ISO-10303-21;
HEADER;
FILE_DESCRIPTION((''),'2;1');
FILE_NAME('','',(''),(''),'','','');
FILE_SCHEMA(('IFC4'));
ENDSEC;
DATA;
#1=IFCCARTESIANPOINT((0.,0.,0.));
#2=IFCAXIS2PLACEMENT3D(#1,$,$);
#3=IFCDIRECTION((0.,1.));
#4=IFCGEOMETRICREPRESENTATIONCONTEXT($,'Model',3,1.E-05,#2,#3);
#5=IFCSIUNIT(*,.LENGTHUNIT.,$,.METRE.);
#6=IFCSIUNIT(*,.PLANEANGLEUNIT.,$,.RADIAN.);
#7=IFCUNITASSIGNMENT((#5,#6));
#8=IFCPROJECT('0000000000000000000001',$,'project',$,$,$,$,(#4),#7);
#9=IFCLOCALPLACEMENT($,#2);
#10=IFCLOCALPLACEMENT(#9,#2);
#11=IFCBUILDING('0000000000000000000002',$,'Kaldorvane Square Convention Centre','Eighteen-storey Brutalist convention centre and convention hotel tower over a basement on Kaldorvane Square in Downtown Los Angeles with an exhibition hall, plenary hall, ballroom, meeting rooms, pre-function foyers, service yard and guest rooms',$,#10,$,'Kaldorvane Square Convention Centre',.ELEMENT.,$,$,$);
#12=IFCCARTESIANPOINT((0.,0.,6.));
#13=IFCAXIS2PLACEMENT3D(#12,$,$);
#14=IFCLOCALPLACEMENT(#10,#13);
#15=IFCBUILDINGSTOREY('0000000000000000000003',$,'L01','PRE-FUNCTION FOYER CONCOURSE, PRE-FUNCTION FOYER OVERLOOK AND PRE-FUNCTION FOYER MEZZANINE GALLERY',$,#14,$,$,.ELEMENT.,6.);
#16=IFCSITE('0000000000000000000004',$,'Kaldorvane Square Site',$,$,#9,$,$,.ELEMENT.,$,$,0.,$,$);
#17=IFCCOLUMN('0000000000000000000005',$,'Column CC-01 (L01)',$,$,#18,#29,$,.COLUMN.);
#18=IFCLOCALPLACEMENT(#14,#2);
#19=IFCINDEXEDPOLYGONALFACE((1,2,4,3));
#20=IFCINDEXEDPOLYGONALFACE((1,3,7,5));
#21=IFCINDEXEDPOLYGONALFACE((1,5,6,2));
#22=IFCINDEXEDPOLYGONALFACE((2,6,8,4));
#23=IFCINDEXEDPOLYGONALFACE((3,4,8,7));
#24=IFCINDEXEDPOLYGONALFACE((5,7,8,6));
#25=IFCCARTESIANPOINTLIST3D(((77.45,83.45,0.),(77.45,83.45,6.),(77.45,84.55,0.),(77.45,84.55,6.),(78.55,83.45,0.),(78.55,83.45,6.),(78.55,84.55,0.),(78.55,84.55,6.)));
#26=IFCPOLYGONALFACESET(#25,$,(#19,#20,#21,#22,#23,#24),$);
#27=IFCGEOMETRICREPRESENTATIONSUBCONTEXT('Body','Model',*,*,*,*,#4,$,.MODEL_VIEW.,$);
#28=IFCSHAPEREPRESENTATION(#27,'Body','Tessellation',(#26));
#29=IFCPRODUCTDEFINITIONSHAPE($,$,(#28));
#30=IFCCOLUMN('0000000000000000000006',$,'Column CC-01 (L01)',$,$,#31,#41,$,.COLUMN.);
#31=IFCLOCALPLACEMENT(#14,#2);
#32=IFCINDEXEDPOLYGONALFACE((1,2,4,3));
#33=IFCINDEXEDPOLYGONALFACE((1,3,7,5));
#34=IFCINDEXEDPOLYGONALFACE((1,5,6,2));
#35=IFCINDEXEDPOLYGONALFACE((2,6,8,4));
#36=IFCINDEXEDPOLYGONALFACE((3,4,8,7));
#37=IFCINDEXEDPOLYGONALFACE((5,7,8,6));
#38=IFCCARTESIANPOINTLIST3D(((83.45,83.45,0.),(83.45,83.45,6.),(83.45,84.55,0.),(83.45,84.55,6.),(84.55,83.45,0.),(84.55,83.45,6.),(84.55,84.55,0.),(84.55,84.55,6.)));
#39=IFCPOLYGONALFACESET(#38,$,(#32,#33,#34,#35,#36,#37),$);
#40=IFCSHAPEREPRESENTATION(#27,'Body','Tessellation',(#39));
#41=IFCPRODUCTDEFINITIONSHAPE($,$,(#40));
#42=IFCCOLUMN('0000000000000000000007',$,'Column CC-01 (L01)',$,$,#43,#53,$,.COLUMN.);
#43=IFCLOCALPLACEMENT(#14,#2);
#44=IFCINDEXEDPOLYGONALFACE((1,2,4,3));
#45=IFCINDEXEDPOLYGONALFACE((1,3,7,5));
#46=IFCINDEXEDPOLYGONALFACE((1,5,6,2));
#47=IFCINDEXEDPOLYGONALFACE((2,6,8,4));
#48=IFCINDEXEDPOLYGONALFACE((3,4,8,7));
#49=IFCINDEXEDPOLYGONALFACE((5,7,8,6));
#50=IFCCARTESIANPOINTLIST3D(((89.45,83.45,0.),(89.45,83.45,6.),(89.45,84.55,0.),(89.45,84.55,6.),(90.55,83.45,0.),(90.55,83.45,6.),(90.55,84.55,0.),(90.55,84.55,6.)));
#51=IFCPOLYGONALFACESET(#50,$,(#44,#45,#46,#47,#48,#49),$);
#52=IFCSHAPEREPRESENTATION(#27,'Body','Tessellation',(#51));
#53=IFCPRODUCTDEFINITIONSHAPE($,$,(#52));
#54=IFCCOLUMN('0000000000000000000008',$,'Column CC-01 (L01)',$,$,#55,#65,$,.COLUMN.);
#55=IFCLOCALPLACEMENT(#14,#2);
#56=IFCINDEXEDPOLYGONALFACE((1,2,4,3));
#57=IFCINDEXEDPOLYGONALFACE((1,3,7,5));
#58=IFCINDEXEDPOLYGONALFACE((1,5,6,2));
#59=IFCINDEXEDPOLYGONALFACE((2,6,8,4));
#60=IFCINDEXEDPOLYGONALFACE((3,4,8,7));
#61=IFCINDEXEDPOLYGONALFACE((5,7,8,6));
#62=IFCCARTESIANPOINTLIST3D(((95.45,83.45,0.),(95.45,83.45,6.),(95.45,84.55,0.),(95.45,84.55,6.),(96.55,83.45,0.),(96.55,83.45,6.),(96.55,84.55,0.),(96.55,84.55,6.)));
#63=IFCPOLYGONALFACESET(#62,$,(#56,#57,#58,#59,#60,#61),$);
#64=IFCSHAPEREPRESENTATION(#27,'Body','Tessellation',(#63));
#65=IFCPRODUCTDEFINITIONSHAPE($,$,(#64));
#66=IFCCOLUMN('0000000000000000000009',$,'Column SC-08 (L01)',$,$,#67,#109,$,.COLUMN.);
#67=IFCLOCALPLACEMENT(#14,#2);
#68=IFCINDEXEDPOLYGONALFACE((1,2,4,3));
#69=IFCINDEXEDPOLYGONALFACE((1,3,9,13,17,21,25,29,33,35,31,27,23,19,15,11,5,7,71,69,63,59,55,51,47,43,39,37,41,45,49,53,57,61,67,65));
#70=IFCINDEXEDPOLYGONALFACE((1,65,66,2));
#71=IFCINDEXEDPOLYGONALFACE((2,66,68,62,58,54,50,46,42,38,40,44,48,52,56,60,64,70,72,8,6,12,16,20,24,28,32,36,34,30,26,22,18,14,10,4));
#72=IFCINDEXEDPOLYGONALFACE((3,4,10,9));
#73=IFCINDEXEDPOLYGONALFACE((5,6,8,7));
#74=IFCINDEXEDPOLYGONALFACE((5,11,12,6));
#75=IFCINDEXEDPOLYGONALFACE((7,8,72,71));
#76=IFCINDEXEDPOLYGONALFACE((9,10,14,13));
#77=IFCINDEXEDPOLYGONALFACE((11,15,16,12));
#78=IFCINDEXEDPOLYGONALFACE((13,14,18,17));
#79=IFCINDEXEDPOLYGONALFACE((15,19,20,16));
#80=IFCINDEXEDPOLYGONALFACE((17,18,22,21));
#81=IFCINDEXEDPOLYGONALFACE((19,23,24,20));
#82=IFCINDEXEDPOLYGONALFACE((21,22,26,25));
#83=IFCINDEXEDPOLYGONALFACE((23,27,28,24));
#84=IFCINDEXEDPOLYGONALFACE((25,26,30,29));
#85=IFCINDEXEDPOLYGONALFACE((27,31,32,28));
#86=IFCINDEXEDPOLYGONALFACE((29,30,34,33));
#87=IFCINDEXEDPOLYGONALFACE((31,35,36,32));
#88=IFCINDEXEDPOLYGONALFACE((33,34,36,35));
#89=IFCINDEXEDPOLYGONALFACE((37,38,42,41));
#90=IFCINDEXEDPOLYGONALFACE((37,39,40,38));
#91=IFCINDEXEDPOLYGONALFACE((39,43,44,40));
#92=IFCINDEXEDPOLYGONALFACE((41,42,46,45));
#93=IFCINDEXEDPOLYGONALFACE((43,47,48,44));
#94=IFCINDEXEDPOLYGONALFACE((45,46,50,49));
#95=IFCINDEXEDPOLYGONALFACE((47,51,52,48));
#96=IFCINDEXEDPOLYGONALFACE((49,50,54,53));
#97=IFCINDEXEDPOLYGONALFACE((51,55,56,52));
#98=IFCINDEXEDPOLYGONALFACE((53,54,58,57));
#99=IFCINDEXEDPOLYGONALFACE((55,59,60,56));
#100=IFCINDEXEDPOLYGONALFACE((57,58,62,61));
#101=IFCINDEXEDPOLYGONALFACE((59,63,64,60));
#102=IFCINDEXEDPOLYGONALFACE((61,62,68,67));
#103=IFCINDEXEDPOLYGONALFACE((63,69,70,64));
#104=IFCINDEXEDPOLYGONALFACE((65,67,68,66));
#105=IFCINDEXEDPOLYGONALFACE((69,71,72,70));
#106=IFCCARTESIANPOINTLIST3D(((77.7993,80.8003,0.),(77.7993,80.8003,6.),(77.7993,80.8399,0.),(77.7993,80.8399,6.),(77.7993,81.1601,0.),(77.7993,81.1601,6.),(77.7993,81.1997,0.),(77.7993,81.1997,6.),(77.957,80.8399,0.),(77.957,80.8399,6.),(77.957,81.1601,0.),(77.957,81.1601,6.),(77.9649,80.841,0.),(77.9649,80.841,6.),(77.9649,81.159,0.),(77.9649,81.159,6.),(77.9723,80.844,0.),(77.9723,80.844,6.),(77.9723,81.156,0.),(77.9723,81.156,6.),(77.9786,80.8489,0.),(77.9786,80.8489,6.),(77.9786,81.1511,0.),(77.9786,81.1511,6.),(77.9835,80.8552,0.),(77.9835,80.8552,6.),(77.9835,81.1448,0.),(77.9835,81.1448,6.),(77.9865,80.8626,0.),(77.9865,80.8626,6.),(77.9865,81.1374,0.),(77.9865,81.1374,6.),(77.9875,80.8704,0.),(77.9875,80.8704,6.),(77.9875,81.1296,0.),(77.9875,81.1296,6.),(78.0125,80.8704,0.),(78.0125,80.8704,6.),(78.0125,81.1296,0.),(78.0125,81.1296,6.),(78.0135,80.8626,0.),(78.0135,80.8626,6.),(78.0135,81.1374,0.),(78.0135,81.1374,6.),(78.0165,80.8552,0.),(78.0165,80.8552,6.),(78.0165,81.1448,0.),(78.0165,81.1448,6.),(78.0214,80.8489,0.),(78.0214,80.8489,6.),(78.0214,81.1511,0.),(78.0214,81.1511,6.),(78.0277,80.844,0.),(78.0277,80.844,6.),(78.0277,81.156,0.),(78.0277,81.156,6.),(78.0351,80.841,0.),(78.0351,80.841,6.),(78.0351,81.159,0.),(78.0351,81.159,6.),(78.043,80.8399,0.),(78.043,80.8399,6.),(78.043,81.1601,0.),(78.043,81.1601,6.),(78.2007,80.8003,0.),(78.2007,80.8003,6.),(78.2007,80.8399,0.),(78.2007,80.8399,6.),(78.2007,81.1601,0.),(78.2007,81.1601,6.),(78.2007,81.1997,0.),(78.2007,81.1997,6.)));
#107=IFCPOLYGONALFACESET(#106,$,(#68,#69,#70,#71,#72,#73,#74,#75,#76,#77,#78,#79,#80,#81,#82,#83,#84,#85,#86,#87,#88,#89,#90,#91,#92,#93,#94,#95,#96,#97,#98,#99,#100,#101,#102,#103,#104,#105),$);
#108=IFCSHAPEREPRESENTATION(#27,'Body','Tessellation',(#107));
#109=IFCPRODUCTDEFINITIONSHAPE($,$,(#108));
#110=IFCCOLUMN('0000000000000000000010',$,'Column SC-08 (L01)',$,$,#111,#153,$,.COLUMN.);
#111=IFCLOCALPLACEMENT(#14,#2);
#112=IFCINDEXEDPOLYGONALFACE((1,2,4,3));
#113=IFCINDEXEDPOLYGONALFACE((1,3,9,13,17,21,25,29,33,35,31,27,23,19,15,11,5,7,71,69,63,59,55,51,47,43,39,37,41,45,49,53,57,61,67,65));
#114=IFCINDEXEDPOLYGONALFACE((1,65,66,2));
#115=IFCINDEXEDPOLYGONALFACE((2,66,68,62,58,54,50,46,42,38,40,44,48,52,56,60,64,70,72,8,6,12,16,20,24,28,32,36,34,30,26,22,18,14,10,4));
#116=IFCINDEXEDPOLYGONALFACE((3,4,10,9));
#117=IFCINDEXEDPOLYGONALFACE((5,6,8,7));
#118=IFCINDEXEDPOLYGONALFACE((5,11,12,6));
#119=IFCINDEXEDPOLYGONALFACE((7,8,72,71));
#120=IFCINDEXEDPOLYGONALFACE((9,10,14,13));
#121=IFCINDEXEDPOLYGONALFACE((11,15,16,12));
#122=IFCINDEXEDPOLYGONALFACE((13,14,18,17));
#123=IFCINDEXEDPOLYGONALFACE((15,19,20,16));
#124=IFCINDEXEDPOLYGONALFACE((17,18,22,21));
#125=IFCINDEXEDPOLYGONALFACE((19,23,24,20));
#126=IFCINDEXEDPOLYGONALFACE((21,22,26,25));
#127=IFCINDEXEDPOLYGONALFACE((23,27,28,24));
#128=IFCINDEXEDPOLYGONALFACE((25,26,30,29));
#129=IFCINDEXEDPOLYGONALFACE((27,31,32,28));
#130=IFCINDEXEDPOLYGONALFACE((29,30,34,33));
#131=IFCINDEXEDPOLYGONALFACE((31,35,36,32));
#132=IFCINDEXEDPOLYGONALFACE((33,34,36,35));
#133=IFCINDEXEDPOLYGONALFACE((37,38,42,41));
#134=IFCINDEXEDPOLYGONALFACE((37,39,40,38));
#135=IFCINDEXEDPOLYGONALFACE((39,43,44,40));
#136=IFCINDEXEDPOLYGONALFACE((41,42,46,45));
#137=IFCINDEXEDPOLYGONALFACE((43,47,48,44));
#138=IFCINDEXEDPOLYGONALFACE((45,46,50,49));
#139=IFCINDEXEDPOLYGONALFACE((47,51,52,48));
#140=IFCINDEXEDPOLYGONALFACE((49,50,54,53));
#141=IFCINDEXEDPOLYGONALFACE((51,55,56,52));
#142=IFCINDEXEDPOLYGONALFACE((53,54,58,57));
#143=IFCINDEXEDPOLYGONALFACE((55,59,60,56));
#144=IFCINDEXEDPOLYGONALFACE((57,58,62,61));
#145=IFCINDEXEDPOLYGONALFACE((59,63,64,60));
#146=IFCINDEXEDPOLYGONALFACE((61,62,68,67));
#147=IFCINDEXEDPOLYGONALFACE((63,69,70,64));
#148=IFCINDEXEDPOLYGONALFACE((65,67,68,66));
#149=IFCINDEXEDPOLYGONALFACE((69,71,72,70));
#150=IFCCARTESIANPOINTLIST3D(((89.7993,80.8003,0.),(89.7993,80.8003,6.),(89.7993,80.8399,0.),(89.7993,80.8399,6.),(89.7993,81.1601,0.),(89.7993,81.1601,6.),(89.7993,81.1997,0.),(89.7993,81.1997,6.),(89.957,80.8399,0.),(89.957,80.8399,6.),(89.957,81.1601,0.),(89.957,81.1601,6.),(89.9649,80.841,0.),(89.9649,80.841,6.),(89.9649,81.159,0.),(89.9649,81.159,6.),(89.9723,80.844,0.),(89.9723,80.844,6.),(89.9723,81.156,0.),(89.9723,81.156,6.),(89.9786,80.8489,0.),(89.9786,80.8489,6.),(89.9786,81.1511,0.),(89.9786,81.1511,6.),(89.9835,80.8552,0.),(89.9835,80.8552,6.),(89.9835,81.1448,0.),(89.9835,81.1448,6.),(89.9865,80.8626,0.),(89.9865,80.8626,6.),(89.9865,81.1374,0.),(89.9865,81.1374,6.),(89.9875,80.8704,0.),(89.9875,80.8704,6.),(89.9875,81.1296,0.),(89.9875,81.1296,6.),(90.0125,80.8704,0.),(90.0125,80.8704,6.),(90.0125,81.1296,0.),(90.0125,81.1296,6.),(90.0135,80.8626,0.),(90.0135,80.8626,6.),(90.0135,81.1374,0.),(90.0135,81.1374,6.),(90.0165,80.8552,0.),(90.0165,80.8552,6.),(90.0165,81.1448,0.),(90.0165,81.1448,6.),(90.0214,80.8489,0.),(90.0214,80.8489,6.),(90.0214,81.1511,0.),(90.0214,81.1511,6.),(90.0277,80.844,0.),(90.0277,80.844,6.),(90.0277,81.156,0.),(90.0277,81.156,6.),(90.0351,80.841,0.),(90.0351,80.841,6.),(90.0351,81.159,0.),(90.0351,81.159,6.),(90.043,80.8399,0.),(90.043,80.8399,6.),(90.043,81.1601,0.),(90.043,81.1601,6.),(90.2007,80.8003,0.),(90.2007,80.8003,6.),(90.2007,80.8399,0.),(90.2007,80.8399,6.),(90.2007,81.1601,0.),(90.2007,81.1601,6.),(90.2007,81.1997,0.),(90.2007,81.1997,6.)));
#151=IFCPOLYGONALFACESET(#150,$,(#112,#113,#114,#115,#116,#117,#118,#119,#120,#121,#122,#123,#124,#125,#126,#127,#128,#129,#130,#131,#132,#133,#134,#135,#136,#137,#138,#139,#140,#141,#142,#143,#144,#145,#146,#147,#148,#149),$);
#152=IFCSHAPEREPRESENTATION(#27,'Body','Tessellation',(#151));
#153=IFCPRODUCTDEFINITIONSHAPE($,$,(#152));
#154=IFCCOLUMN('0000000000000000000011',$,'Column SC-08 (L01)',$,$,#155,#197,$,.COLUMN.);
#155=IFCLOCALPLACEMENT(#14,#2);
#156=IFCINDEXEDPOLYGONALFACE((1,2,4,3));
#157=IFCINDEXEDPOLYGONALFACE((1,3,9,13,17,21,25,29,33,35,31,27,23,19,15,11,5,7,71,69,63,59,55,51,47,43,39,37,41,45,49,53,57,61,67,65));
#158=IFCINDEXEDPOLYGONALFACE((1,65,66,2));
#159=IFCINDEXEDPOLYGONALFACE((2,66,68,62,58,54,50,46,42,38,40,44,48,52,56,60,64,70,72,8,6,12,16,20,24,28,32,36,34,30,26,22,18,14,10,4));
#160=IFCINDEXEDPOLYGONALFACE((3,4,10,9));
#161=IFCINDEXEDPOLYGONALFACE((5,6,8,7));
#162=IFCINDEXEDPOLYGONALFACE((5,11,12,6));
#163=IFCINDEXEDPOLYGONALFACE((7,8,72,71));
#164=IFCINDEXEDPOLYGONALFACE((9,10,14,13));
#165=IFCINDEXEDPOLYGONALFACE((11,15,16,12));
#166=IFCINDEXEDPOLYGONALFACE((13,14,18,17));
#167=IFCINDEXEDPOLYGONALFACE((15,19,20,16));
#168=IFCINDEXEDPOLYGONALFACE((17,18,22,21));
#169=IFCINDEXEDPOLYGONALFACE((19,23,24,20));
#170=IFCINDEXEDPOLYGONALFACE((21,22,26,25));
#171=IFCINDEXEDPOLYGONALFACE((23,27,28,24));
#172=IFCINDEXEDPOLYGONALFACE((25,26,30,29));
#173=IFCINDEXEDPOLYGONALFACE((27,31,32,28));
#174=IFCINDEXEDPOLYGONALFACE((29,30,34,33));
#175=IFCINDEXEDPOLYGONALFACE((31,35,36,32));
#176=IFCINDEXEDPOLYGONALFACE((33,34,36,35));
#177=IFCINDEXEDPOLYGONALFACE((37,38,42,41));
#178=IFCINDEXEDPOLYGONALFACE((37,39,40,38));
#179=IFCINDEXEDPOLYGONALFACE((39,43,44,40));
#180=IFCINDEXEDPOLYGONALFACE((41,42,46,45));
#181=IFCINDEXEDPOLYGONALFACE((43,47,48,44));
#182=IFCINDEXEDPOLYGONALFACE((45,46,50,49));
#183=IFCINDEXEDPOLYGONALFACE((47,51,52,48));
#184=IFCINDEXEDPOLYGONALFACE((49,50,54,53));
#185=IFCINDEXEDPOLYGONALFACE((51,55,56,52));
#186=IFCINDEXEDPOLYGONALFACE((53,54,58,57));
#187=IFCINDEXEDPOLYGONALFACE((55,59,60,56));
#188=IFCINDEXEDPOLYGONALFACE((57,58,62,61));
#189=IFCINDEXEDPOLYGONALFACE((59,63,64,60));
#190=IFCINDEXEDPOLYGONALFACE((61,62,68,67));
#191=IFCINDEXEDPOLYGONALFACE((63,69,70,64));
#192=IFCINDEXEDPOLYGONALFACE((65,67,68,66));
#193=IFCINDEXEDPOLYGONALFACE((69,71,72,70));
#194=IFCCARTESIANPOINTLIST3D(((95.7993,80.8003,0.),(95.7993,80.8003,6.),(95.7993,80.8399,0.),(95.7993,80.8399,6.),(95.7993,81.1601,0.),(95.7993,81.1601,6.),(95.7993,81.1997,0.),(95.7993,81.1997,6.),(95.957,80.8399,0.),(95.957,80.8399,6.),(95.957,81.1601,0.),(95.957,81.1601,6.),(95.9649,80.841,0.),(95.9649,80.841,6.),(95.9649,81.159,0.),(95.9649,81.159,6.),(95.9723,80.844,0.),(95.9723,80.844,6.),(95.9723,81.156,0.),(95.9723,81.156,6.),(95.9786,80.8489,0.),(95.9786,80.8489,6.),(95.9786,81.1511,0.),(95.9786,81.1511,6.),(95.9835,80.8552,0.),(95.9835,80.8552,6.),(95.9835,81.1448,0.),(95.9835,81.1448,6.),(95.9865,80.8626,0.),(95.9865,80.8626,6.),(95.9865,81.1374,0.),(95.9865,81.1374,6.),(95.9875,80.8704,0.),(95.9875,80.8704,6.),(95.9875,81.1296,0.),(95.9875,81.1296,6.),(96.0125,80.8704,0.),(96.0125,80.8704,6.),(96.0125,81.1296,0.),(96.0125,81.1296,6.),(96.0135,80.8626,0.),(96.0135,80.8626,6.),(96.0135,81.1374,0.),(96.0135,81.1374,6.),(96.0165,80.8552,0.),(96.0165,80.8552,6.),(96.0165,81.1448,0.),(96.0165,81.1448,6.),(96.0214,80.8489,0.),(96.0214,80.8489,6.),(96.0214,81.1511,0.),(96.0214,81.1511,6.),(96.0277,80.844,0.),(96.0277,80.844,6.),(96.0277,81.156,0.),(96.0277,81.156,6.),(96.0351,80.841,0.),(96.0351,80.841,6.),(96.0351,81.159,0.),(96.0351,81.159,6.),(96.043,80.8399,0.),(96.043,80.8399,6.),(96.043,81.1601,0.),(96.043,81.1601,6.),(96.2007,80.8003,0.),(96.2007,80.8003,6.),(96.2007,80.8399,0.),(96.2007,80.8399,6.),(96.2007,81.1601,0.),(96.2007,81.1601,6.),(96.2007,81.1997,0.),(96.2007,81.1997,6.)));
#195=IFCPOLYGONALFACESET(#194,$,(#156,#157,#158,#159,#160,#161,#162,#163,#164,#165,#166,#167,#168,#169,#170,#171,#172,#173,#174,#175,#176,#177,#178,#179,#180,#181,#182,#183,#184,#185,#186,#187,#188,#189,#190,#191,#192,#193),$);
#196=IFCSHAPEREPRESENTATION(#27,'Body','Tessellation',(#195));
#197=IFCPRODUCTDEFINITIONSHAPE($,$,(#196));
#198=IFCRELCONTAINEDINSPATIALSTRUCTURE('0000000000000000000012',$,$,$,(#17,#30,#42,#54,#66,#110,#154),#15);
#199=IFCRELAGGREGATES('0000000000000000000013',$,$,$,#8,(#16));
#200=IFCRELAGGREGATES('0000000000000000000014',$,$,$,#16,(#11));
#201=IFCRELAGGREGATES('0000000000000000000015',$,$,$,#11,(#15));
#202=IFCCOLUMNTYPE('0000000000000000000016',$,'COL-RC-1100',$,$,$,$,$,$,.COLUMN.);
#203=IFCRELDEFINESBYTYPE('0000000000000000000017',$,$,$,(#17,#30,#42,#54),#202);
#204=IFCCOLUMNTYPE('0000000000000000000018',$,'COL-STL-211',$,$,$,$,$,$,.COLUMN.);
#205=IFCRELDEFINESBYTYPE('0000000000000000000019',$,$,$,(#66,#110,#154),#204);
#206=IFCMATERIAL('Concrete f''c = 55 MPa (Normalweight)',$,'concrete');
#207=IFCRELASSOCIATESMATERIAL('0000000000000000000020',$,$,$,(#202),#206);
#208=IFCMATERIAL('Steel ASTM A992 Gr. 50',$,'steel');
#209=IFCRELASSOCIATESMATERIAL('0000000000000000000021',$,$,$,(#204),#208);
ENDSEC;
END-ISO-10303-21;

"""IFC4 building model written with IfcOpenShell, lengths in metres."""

from ifc_helpers import new_model, si_unit, direction, frame, origin, origin_2d, place, context, subcontext, project, spatial, rectangle, i_section, extrude, material, material_profile, profile_set, type_object, element, save


model = new_model("IFC4")

# Units and contexts
model_context = context("Model", 3, precision=1e-05, world=origin(), true_north=direction((0.0, 1.0)))
body_context = subcontext(model_context, "Body", "Model", "MODEL_VIEW")
ifc_project = project(units=[si_unit("LENGTHUNIT", "METRE"), si_unit("PLANEANGLEUNIT", "RADIAN")], contexts=[model_context])

# Site, building, storey
site_placement = place(None, origin())
site = spatial("IfcSite", under=ifc_project, at=site_placement, Name="Kaldorvane Square Site", CompositionType="ELEMENT", RefElevation=0.0)
building_placement = place(site_placement, origin())
building = spatial("IfcBuilding", under=site, at=building_placement, Name="Kaldorvane Square Convention Centre", Description="Eighteen-storey Brutalist convention centre and convention hotel tower over a basement on Kaldorvane Square in Downtown Los Angeles with an exhibition hall, plenary hall, ballroom, meeting rooms, pre-function foyers, service yard and guest rooms", LongName="Kaldorvane Square Convention Centre", CompositionType="ELEMENT")
storey_placement = place(building_placement, frame((0.0, 0.0, 6.0)))
storey = spatial("IfcBuildingStorey", under=building, at=storey_placement, Name="L01", Description="PRE-FUNCTION FOYER CONCOURSE, PRE-FUNCTION FOYER OVERLOOK AND PRE-FUNCTION FOYER MEZZANINE GALLERY", CompositionType="ELEMENT", Elevation=6.0)

# Columns
ifc_material_1 = material(Name="Concrete f'c = 55 MPa (Normalweight)", Category="concrete")
ifc_material_profile_1 = material_profile(ifc_material_1, rectangle(XDim=1.1, YDim=1.1, at=origin_2d()), Name="RC1100X1100")
ifc_profile_set_1 = profile_set([ifc_material_profile_1], Name="Concrete f'c = 55 MPa (Normalweight)")
column_type_1 = type_object("IfcColumnType", Name="COL-RC-1100", PredefinedType="COLUMN", material=ifc_profile_set_1)
for number, where, z_axis, x_axis, name in (
    (1, (78.0, 84.0, 0.0), (0.0, 0.0, 1.0), (1.0, 0.0, 0.0), "Column CC-01 (L01)"),
    (2, (84.0, 84.0, 0.0), (0.0, 0.0, 1.0), (1.0, 0.0, 0.0), "Column CC-01 (L01)"),
    (3, (90.0, 84.0, 0.0), (0.0, 0.0, 1.0), (1.0, 0.0, 0.0), "Column CC-01 (L01)"),
    (4, (96.0, 84.0, 0.0), (0.0, 0.0, 1.0), (1.0, 0.0, 0.0), "Column CC-01 (L01)"),
):
    element("IfcColumn", number, at=place(storey_placement, frame(where, z_axis=z_axis, x_axis=x_axis)), inside=storey, type_object=column_type_1, Name=name, PredefinedType="COLUMN", context=body_context, shape_type="SweptSolid", body=[
        extrude(rectangle(XDim=1.1, YDim=1.1, at=origin_2d()), origin(), (0.0, 0.0, 1.0), 6.0),
    ])
ifc_material_2 = material(Name="Steel ASTM A992 Gr. 50", Category="steel")
ifc_material_profile_2 = material_profile(ifc_material_2, i_section(OverallWidth=0.4013, OverallDepth=0.3993, WebThickness=0.0249, FlangeThickness=0.0396, FilletRadius=0.0305, at=origin_2d()), Name="W14X211")
ifc_profile_set_2 = profile_set([ifc_material_profile_2], Name="Steel ASTM A992 Gr. 50")
column_type_2 = type_object("IfcColumnType", Name="COL-STL-211", PredefinedType="COLUMN", material=ifc_profile_set_2)
for number, where, z_axis, x_axis, name in (
    (5, (78.0, 81.0, 0.0), (0.0, 0.0, 1.0), (1.0, 0.0, 0.0), "Column SC-08 (L01)"),
    (6, (90.0, 81.0, 0.0), (0.0, 0.0, 1.0), (1.0, 0.0, 0.0), "Column SC-08 (L01)"),
    (7, (96.0, 81.0, 0.0), (0.0, 0.0, 1.0), (1.0, 0.0, 0.0), "Column SC-08 (L01)"),
):
    element("IfcColumn", number, at=place(storey_placement, frame(where, z_axis=z_axis, x_axis=x_axis)), inside=storey, type_object=column_type_2, Name=name, PredefinedType="COLUMN", context=body_context, shape_type="SweptSolid", body=[
        extrude(i_section(OverallWidth=0.4013, OverallDepth=0.3993, WebThickness=0.0249, FlangeThickness=0.0396, FilletRadius=0.0305, at=origin_2d()), origin(), (0.0, 0.0, 1.0), 6.0),
    ])

save(model, "model.ifc")
